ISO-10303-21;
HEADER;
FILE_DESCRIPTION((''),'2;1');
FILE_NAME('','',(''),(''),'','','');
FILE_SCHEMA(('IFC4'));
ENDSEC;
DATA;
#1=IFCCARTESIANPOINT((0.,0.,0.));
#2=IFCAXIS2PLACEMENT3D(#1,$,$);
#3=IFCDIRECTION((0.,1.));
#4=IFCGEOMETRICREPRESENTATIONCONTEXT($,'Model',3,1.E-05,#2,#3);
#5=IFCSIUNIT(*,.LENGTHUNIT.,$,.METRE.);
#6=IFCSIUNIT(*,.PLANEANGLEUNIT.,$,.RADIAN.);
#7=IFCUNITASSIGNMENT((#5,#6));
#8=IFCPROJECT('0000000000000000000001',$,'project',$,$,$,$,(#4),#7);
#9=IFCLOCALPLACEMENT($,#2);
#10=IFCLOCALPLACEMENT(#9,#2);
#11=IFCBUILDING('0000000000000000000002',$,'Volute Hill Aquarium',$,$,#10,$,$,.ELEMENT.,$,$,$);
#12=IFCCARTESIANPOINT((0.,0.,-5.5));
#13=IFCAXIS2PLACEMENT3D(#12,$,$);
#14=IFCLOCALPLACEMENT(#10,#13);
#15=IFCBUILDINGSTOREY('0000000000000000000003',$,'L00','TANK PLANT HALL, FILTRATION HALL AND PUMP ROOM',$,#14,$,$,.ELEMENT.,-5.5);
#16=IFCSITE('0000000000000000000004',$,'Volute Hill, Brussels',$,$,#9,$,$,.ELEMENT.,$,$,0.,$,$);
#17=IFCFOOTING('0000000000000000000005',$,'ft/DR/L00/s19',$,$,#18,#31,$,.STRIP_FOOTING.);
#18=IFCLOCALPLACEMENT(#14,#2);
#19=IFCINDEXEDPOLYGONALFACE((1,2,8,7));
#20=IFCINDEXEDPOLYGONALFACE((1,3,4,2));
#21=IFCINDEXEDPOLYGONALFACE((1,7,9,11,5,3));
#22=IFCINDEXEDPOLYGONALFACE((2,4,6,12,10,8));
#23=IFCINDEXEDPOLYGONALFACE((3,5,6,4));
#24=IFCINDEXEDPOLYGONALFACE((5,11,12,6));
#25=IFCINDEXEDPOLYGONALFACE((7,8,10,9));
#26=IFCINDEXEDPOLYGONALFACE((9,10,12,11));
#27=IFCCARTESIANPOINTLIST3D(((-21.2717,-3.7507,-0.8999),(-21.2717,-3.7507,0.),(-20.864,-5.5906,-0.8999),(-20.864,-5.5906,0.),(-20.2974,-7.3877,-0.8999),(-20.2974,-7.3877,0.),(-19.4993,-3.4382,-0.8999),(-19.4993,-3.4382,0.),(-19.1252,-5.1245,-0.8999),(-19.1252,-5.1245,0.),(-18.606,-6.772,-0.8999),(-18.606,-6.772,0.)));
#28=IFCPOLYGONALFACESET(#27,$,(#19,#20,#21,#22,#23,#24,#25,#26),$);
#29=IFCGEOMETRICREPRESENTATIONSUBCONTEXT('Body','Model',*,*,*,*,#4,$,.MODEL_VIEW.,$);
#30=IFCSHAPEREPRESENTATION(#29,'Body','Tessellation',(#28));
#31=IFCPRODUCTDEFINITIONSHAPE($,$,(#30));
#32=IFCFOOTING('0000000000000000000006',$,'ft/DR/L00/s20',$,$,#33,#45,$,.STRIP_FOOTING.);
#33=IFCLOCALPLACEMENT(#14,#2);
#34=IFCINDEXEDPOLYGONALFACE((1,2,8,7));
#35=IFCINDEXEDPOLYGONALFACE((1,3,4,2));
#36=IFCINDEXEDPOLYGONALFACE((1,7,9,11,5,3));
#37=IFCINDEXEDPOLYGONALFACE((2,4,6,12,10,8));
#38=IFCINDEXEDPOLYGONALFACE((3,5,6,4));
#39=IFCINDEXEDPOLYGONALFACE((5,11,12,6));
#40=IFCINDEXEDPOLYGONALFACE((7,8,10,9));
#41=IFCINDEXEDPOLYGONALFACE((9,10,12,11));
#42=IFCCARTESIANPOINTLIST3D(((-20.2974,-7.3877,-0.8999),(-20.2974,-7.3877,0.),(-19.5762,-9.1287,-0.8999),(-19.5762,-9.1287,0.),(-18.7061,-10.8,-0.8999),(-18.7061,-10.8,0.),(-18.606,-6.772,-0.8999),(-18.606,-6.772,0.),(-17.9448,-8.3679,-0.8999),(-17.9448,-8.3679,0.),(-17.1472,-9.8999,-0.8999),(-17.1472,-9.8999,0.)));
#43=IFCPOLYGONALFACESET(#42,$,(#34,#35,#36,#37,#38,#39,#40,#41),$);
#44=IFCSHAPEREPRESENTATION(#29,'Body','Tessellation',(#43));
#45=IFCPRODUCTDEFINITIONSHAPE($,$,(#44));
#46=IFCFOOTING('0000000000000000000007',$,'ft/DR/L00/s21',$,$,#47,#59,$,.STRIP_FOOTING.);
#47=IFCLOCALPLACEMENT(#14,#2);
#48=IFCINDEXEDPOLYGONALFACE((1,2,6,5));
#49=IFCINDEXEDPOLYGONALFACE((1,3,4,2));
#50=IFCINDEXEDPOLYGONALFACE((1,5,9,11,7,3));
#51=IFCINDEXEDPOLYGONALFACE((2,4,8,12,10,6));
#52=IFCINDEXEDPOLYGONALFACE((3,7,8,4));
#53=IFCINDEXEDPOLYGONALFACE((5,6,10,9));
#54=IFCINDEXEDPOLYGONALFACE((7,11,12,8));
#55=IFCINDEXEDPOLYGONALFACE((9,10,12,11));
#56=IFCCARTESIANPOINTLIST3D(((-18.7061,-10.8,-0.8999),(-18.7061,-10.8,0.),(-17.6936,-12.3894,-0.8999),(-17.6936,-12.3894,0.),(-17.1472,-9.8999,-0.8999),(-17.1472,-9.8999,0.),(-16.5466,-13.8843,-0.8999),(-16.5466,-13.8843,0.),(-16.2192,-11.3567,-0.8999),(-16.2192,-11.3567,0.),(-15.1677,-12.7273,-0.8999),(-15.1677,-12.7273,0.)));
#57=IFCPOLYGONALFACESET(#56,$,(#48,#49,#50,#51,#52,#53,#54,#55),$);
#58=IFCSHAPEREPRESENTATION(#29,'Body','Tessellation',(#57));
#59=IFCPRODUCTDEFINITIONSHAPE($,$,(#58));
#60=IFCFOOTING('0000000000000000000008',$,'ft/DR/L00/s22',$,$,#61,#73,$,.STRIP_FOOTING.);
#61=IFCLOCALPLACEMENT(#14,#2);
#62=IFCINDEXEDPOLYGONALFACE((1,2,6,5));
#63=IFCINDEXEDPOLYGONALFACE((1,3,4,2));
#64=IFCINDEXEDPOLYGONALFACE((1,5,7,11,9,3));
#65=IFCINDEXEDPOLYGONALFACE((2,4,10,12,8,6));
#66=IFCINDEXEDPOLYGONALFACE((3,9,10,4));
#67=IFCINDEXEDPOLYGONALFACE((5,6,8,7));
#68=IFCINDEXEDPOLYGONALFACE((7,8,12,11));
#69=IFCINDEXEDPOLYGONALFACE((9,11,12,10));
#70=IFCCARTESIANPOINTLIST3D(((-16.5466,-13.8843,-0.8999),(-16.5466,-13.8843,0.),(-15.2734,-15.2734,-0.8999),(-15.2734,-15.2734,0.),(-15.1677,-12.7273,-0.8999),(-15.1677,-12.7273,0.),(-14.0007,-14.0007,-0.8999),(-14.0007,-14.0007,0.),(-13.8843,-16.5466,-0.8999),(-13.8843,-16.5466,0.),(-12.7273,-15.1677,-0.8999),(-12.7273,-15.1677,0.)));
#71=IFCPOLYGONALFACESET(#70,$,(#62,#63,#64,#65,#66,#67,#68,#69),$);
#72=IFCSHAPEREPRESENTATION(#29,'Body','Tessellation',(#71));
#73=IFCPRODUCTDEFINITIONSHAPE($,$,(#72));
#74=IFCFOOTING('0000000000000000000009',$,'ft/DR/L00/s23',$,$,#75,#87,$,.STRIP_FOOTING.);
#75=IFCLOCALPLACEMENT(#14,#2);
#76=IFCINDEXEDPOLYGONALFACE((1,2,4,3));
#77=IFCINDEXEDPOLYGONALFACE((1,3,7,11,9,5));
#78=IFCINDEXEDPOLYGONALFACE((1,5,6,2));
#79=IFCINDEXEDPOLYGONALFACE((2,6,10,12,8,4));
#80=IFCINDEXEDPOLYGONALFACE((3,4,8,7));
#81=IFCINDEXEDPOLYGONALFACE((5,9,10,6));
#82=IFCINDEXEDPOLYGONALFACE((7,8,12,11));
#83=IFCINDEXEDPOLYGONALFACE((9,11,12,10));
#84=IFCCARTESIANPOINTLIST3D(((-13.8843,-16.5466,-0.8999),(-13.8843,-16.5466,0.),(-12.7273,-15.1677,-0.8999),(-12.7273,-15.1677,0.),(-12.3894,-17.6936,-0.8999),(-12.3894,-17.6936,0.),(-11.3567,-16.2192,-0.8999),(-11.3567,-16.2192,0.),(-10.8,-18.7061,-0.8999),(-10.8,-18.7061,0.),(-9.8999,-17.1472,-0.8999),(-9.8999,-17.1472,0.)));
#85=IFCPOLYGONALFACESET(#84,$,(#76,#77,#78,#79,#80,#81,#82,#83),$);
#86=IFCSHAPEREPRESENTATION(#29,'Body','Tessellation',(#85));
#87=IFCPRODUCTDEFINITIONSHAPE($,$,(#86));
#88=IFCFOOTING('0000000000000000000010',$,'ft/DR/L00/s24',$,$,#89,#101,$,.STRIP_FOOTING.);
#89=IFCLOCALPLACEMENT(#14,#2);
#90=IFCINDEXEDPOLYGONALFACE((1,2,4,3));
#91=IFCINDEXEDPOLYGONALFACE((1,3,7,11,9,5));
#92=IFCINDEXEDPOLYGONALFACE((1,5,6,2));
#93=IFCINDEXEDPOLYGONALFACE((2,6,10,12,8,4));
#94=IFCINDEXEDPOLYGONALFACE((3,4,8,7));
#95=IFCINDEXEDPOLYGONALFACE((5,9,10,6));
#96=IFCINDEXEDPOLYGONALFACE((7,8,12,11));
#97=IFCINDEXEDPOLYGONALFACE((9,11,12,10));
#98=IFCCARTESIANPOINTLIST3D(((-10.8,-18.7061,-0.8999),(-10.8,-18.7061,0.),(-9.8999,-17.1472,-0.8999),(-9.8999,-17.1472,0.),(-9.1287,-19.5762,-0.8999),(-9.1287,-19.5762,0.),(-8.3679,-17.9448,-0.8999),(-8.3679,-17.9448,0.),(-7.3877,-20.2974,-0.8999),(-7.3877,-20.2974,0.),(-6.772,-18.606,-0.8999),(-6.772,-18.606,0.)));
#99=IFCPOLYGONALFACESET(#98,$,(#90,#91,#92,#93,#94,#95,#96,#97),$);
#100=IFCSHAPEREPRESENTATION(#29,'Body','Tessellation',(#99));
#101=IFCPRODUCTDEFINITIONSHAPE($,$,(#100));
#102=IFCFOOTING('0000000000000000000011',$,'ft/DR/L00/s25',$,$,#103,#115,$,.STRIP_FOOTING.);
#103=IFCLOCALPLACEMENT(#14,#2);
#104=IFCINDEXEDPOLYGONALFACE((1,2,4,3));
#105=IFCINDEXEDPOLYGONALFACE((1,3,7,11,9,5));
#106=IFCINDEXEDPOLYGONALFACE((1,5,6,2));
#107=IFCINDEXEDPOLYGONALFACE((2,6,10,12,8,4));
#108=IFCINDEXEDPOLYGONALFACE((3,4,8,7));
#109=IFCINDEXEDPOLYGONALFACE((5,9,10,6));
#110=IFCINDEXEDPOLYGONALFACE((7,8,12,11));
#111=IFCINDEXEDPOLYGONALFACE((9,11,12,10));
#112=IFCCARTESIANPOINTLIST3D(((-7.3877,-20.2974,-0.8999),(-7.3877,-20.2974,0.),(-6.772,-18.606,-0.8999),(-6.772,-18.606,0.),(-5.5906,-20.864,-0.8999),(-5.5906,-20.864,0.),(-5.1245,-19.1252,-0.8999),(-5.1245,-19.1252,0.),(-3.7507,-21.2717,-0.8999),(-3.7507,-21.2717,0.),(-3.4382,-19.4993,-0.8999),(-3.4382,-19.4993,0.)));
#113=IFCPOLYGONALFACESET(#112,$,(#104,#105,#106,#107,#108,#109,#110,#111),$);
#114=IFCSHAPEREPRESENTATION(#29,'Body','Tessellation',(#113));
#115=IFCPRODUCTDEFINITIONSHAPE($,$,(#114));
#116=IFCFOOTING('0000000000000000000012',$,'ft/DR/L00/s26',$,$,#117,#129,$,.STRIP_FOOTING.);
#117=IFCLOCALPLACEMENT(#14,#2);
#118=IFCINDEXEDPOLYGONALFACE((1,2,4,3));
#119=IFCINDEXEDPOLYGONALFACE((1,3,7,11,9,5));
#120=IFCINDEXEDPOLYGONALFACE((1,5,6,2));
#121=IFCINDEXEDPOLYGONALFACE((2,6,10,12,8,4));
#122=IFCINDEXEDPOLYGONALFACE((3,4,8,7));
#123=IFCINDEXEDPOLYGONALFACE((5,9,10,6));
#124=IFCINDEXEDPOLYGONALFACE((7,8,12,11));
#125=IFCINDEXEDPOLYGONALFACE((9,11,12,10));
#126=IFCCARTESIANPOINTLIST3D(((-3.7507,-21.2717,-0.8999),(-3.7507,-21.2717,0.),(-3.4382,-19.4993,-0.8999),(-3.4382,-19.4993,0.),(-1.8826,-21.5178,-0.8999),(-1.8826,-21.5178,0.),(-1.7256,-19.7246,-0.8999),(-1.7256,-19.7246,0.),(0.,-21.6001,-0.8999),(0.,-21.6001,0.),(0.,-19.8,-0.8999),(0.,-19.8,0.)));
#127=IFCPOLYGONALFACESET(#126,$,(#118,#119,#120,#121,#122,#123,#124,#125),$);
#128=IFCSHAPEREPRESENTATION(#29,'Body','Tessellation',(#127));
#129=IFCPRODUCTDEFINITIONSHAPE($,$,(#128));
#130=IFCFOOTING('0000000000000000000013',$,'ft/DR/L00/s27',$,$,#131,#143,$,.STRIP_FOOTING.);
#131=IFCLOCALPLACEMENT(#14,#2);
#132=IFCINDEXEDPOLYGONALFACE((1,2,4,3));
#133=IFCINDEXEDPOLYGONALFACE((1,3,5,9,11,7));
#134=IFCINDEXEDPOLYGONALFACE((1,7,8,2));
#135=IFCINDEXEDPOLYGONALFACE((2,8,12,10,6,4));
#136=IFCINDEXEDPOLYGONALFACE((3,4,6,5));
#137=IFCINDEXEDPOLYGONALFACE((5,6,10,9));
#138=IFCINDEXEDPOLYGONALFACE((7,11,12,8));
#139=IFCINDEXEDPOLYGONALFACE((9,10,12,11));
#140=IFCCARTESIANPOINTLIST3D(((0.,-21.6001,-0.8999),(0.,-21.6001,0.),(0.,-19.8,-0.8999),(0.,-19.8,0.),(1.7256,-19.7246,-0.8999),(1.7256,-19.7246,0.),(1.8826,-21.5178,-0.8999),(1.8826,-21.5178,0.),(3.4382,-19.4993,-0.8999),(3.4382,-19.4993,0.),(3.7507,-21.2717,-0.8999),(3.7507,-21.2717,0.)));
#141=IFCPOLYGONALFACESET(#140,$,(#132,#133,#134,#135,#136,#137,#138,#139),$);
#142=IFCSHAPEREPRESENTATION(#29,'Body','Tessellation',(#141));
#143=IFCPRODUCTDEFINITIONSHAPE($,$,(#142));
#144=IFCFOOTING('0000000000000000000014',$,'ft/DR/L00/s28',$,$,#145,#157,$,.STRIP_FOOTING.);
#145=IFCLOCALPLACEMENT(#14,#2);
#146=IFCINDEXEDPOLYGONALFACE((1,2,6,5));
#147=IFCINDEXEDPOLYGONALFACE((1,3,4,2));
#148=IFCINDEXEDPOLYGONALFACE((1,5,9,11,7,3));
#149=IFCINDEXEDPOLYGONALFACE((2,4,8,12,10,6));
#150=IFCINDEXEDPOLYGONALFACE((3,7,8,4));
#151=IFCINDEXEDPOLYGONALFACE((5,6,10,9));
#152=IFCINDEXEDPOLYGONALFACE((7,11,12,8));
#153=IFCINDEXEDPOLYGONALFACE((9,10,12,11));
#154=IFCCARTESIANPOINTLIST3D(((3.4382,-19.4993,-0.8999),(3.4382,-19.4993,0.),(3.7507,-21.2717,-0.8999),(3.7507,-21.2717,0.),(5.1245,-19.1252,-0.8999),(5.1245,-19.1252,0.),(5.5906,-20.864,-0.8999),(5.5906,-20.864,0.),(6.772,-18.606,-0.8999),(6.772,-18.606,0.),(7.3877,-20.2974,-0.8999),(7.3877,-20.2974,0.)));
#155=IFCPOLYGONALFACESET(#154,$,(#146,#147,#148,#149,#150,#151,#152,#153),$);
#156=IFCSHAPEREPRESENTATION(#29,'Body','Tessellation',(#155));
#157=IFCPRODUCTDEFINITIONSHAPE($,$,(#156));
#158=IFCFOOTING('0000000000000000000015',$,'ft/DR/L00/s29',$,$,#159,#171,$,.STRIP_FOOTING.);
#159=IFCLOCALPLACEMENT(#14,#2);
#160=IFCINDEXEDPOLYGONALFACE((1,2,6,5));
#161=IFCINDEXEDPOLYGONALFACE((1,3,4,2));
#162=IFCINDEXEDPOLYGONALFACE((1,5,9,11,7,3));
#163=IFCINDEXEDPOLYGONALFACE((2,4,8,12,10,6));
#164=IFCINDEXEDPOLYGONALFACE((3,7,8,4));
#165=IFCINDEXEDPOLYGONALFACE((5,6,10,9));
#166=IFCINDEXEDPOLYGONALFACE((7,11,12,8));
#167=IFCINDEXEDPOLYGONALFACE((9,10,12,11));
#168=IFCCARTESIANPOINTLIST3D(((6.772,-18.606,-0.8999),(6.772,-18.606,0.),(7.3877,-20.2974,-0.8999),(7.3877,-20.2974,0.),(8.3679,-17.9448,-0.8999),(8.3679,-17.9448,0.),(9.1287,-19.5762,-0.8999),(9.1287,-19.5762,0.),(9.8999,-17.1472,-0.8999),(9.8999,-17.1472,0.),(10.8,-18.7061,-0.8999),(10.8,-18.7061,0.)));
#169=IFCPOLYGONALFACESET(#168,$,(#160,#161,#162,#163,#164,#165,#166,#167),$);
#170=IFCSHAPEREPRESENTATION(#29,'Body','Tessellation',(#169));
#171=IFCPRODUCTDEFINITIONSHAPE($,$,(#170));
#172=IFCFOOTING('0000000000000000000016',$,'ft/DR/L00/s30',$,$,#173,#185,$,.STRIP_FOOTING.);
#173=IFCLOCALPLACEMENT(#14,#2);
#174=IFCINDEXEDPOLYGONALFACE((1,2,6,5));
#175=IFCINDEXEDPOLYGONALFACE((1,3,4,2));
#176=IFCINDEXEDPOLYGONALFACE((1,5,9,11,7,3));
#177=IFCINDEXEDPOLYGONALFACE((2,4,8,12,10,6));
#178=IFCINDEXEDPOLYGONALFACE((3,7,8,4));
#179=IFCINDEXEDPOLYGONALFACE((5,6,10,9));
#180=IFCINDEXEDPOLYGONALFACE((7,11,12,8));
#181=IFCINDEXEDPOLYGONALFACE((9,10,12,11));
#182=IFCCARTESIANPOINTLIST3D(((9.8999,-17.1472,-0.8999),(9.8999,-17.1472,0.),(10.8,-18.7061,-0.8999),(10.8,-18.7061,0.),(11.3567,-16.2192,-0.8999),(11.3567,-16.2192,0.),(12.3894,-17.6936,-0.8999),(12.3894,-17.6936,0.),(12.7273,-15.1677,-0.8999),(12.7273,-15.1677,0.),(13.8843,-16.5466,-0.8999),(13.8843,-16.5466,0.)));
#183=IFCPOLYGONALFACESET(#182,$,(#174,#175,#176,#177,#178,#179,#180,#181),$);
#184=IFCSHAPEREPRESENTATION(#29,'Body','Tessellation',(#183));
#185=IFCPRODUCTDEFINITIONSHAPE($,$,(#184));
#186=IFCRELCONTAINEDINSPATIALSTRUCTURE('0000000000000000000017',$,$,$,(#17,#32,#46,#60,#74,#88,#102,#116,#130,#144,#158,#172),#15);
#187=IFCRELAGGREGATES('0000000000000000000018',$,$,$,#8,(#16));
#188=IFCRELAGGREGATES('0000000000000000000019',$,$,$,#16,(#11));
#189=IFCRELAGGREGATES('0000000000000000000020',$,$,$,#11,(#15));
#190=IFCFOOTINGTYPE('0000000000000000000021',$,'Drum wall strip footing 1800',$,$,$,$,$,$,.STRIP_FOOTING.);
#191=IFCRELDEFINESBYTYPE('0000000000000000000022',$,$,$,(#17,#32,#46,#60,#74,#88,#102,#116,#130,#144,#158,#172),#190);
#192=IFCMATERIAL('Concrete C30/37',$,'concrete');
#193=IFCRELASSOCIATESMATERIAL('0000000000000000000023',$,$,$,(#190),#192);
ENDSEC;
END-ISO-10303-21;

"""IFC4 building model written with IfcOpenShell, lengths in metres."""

from ifc_helpers import new_model, si_unit, direction, frame, origin, place, context, subcontext, project, spatial, polyline, outline, extrude, material, type_object, element, save


model = new_model("IFC4")

# Units and contexts
model_context = context("Model", 3, precision=1e-05, world=origin(), true_north=direction((0.0, 1.0)))
body_context = subcontext(model_context, "Body", "Model", "MODEL_VIEW")
ifc_project = project(units=[si_unit("LENGTHUNIT", "METRE"), si_unit("PLANEANGLEUNIT", "RADIAN")], contexts=[model_context])

# Site, building, storey
site_placement = place(None, origin())
site = spatial("IfcSite", under=ifc_project, at=site_placement, Name="Volute Hill, Brussels", CompositionType="ELEMENT", RefElevation=0.0)
building_placement = place(site_placement, origin())
building = spatial("IfcBuilding", under=site, at=building_placement, Name="Volute Hill Aquarium", CompositionType="ELEMENT")
storey_placement = place(building_placement, frame((0.0, 0.0, -5.5)))
storey = spatial("IfcBuildingStorey", under=building, at=storey_placement, Name="L00", Description="TANK PLANT HALL, FILTRATION HALL AND PUMP ROOM", CompositionType="ELEMENT", Elevation=-5.5)

# Footings
ifc_material_1 = material(Name="Concrete C30/37", Category="concrete")
footing_type = type_object("IfcFootingType", Name="Drum wall strip footing 1800", PredefinedType="STRIP_FOOTING", material=ifc_material_1)
footing_1_placement = place(storey_placement, frame((0.0, 0.0, -0.8999)))
element("IfcFooting", 1, at=footing_1_placement, inside=storey, type_object=footing_type, Name="ft/DR/L00/s19", PredefinedType="STRIP_FOOTING", context=body_context, shape_type="SweptSolid", body=[
    extrude(outline(polyline([(-21.2717, -3.7507), (-20.864, -5.5906), (-20.2974, -7.3877), (-18.606, -6.772), (-19.1252, -5.1245), (-19.4993, -3.4382), (-21.2717, -3.7507)])), origin(), (0.0, 0.0, 1.0), 0.8999),
])
footing_2_placement = place(storey_placement, frame((0.0, 0.0, -0.8999)))
element("IfcFooting", 2, at=footing_2_placement, inside=storey, type_object=footing_type, Name="ft/DR/L00/s20", PredefinedType="STRIP_FOOTING", context=body_context, shape_type="SweptSolid", body=[
    extrude(outline(polyline([(-20.2974, -7.3877), (-19.5762, -9.1287), (-18.7061, -10.8), (-17.1472, -9.8999), (-17.9448, -8.3679), (-18.606, -6.772), (-20.2974, -7.3877)])), origin(), (0.0, 0.0, 1.0), 0.8999),
])
footing_3_placement = place(storey_placement, frame((0.0, 0.0, -0.8999)))
element("IfcFooting", 3, at=footing_3_placement, inside=storey, type_object=footing_type, Name="ft/DR/L00/s21", PredefinedType="STRIP_FOOTING", context=body_context, shape_type="SweptSolid", body=[
    extrude(outline(polyline([(-18.7061, -10.8), (-17.6936, -12.3894), (-16.5466, -13.8843), (-15.1677, -12.7273), (-16.2192, -11.3567), (-17.1472, -9.8999), (-18.7061, -10.8)])), origin(), (0.0, 0.0, 1.0), 0.8999),
])
footing_4_placement = place(storey_placement, frame((0.0, 0.0, -0.8999)))
element("IfcFooting", 4, at=footing_4_placement, inside=storey, type_object=footing_type, Name="ft/DR/L00/s22", PredefinedType="STRIP_FOOTING", context=body_context, shape_type="SweptSolid", body=[
    extrude(outline(polyline([(-16.5466, -13.8843), (-15.2734, -15.2734), (-13.8843, -16.5466), (-12.7273, -15.1677), (-14.0007, -14.0007), (-15.1677, -12.7273), (-16.5466, -13.8843)])), origin(), (0.0, 0.0, 1.0), 0.8999),
])
footing_5_placement = place(storey_placement, frame((0.0, 0.0, -0.8999)))
element("IfcFooting", 5, at=footing_5_placement, inside=storey, type_object=footing_type, Name="ft/DR/L00/s23", PredefinedType="STRIP_FOOTING", context=body_context, shape_type="SweptSolid", body=[
    extrude(outline(polyline([(-13.8843, -16.5466), (-12.3894, -17.6936), (-10.8, -18.7061), (-9.8999, -17.1472), (-11.3567, -16.2192), (-12.7273, -15.1677), (-13.8843, -16.5466)])), origin(), (0.0, 0.0, 1.0), 0.8999),
])
footing_6_placement = place(storey_placement, frame((0.0, 0.0, -0.8999)))
element("IfcFooting", 6, at=footing_6_placement, inside=storey, type_object=footing_type, Name="ft/DR/L00/s24", PredefinedType="STRIP_FOOTING", context=body_context, shape_type="SweptSolid", body=[
    extrude(outline(polyline([(-10.8, -18.7061), (-9.1287, -19.5762), (-7.3877, -20.2974), (-6.772, -18.606), (-8.3679, -17.9448), (-9.8999, -17.1472), (-10.8, -18.7061)])), origin(), (0.0, 0.0, 1.0), 0.8999),
])
footing_7_placement = place(storey_placement, frame((0.0, 0.0, -0.8999)))
element("IfcFooting", 7, at=footing_7_placement, inside=storey, type_object=footing_type, Name="ft/DR/L00/s25", PredefinedType="STRIP_FOOTING", context=body_context, shape_type="SweptSolid", body=[
    extrude(outline(polyline([(-7.3877, -20.2974), (-5.5906, -20.864), (-3.7507, -21.2717), (-3.4382, -19.4993), (-5.1245, -19.1252), (-6.772, -18.606), (-7.3877, -20.2974)])), origin(), (0.0, 0.0, 1.0), 0.8999),
])
footing_8_placement = place(storey_placement, frame((0.0, 0.0, -0.8999)))
element("IfcFooting", 8, at=footing_8_placement, inside=storey, type_object=footing_type, Name="ft/DR/L00/s26", PredefinedType="STRIP_FOOTING", context=body_context, shape_type="SweptSolid", body=[
    extrude(outline(polyline([(-3.7507, -21.2717), (-1.8826, -21.5178), (0.0, -21.6001), (0.0, -19.8), (-1.7256, -19.7246), (-3.4382, -19.4993), (-3.7507, -21.2717)])), origin(), (0.0, 0.0, 1.0), 0.8999),
])
footing_9_placement = place(storey_placement, frame((0.0, 0.0, -0.8999)))
element("IfcFooting", 9, at=footing_9_placement, inside=storey, type_object=footing_type, Name="ft/DR/L00/s27", PredefinedType="STRIP_FOOTING", context=body_context, shape_type="SweptSolid", body=[
    extrude(outline(polyline([(0.0, -21.6001), (1.8826, -21.5178), (3.7507, -21.2717), (3.4382, -19.4993), (1.7256, -19.7246), (0.0, -19.8), (0.0, -21.6001)])), origin(), (0.0, 0.0, 1.0), 0.8999),
])
footing_10_placement = place(storey_placement, frame((0.0, 0.0, -0.8999)))
element("IfcFooting", 10, at=footing_10_placement, inside=storey, type_object=footing_type, Name="ft/DR/L00/s28", PredefinedType="STRIP_FOOTING", context=body_context, shape_type="SweptSolid", body=[
    extrude(outline(polyline([(3.7507, -21.2717), (5.5906, -20.864), (7.3877, -20.2974), (6.772, -18.606), (5.1245, -19.1252), (3.4382, -19.4993), (3.7507, -21.2717)])), origin(), (0.0, 0.0, 1.0), 0.8999),
])
footing_11_placement = place(storey_placement, frame((0.0, 0.0, -0.8999)))
element("IfcFooting", 11, at=footing_11_placement, inside=storey, type_object=footing_type, Name="ft/DR/L00/s29", PredefinedType="STRIP_FOOTING", context=body_context, shape_type="SweptSolid", body=[
    extrude(outline(polyline([(7.3877, -20.2974), (9.1287, -19.5762), (10.8, -18.7061), (9.8999, -17.1472), (8.3679, -17.9448), (6.772, -18.606), (7.3877, -20.2974)])), origin(), (0.0, 0.0, 1.0), 0.8999),
])
footing_12_placement = place(storey_placement, frame((0.0, 0.0, -0.8999)))
element("IfcFooting", 12, at=footing_12_placement, inside=storey, type_object=footing_type, Name="ft/DR/L00/s30", PredefinedType="STRIP_FOOTING", context=body_context, shape_type="SweptSolid", body=[
    extrude(outline(polyline([(10.8, -18.7061), (12.3894, -17.6936), (13.8843, -16.5466), (12.7273, -15.1677), (11.3567, -16.2192), (9.8999, -17.1472), (10.8, -18.7061)])), origin(), (0.0, 0.0, 1.0), 0.8999),
])

save(model, "model.ifc")
